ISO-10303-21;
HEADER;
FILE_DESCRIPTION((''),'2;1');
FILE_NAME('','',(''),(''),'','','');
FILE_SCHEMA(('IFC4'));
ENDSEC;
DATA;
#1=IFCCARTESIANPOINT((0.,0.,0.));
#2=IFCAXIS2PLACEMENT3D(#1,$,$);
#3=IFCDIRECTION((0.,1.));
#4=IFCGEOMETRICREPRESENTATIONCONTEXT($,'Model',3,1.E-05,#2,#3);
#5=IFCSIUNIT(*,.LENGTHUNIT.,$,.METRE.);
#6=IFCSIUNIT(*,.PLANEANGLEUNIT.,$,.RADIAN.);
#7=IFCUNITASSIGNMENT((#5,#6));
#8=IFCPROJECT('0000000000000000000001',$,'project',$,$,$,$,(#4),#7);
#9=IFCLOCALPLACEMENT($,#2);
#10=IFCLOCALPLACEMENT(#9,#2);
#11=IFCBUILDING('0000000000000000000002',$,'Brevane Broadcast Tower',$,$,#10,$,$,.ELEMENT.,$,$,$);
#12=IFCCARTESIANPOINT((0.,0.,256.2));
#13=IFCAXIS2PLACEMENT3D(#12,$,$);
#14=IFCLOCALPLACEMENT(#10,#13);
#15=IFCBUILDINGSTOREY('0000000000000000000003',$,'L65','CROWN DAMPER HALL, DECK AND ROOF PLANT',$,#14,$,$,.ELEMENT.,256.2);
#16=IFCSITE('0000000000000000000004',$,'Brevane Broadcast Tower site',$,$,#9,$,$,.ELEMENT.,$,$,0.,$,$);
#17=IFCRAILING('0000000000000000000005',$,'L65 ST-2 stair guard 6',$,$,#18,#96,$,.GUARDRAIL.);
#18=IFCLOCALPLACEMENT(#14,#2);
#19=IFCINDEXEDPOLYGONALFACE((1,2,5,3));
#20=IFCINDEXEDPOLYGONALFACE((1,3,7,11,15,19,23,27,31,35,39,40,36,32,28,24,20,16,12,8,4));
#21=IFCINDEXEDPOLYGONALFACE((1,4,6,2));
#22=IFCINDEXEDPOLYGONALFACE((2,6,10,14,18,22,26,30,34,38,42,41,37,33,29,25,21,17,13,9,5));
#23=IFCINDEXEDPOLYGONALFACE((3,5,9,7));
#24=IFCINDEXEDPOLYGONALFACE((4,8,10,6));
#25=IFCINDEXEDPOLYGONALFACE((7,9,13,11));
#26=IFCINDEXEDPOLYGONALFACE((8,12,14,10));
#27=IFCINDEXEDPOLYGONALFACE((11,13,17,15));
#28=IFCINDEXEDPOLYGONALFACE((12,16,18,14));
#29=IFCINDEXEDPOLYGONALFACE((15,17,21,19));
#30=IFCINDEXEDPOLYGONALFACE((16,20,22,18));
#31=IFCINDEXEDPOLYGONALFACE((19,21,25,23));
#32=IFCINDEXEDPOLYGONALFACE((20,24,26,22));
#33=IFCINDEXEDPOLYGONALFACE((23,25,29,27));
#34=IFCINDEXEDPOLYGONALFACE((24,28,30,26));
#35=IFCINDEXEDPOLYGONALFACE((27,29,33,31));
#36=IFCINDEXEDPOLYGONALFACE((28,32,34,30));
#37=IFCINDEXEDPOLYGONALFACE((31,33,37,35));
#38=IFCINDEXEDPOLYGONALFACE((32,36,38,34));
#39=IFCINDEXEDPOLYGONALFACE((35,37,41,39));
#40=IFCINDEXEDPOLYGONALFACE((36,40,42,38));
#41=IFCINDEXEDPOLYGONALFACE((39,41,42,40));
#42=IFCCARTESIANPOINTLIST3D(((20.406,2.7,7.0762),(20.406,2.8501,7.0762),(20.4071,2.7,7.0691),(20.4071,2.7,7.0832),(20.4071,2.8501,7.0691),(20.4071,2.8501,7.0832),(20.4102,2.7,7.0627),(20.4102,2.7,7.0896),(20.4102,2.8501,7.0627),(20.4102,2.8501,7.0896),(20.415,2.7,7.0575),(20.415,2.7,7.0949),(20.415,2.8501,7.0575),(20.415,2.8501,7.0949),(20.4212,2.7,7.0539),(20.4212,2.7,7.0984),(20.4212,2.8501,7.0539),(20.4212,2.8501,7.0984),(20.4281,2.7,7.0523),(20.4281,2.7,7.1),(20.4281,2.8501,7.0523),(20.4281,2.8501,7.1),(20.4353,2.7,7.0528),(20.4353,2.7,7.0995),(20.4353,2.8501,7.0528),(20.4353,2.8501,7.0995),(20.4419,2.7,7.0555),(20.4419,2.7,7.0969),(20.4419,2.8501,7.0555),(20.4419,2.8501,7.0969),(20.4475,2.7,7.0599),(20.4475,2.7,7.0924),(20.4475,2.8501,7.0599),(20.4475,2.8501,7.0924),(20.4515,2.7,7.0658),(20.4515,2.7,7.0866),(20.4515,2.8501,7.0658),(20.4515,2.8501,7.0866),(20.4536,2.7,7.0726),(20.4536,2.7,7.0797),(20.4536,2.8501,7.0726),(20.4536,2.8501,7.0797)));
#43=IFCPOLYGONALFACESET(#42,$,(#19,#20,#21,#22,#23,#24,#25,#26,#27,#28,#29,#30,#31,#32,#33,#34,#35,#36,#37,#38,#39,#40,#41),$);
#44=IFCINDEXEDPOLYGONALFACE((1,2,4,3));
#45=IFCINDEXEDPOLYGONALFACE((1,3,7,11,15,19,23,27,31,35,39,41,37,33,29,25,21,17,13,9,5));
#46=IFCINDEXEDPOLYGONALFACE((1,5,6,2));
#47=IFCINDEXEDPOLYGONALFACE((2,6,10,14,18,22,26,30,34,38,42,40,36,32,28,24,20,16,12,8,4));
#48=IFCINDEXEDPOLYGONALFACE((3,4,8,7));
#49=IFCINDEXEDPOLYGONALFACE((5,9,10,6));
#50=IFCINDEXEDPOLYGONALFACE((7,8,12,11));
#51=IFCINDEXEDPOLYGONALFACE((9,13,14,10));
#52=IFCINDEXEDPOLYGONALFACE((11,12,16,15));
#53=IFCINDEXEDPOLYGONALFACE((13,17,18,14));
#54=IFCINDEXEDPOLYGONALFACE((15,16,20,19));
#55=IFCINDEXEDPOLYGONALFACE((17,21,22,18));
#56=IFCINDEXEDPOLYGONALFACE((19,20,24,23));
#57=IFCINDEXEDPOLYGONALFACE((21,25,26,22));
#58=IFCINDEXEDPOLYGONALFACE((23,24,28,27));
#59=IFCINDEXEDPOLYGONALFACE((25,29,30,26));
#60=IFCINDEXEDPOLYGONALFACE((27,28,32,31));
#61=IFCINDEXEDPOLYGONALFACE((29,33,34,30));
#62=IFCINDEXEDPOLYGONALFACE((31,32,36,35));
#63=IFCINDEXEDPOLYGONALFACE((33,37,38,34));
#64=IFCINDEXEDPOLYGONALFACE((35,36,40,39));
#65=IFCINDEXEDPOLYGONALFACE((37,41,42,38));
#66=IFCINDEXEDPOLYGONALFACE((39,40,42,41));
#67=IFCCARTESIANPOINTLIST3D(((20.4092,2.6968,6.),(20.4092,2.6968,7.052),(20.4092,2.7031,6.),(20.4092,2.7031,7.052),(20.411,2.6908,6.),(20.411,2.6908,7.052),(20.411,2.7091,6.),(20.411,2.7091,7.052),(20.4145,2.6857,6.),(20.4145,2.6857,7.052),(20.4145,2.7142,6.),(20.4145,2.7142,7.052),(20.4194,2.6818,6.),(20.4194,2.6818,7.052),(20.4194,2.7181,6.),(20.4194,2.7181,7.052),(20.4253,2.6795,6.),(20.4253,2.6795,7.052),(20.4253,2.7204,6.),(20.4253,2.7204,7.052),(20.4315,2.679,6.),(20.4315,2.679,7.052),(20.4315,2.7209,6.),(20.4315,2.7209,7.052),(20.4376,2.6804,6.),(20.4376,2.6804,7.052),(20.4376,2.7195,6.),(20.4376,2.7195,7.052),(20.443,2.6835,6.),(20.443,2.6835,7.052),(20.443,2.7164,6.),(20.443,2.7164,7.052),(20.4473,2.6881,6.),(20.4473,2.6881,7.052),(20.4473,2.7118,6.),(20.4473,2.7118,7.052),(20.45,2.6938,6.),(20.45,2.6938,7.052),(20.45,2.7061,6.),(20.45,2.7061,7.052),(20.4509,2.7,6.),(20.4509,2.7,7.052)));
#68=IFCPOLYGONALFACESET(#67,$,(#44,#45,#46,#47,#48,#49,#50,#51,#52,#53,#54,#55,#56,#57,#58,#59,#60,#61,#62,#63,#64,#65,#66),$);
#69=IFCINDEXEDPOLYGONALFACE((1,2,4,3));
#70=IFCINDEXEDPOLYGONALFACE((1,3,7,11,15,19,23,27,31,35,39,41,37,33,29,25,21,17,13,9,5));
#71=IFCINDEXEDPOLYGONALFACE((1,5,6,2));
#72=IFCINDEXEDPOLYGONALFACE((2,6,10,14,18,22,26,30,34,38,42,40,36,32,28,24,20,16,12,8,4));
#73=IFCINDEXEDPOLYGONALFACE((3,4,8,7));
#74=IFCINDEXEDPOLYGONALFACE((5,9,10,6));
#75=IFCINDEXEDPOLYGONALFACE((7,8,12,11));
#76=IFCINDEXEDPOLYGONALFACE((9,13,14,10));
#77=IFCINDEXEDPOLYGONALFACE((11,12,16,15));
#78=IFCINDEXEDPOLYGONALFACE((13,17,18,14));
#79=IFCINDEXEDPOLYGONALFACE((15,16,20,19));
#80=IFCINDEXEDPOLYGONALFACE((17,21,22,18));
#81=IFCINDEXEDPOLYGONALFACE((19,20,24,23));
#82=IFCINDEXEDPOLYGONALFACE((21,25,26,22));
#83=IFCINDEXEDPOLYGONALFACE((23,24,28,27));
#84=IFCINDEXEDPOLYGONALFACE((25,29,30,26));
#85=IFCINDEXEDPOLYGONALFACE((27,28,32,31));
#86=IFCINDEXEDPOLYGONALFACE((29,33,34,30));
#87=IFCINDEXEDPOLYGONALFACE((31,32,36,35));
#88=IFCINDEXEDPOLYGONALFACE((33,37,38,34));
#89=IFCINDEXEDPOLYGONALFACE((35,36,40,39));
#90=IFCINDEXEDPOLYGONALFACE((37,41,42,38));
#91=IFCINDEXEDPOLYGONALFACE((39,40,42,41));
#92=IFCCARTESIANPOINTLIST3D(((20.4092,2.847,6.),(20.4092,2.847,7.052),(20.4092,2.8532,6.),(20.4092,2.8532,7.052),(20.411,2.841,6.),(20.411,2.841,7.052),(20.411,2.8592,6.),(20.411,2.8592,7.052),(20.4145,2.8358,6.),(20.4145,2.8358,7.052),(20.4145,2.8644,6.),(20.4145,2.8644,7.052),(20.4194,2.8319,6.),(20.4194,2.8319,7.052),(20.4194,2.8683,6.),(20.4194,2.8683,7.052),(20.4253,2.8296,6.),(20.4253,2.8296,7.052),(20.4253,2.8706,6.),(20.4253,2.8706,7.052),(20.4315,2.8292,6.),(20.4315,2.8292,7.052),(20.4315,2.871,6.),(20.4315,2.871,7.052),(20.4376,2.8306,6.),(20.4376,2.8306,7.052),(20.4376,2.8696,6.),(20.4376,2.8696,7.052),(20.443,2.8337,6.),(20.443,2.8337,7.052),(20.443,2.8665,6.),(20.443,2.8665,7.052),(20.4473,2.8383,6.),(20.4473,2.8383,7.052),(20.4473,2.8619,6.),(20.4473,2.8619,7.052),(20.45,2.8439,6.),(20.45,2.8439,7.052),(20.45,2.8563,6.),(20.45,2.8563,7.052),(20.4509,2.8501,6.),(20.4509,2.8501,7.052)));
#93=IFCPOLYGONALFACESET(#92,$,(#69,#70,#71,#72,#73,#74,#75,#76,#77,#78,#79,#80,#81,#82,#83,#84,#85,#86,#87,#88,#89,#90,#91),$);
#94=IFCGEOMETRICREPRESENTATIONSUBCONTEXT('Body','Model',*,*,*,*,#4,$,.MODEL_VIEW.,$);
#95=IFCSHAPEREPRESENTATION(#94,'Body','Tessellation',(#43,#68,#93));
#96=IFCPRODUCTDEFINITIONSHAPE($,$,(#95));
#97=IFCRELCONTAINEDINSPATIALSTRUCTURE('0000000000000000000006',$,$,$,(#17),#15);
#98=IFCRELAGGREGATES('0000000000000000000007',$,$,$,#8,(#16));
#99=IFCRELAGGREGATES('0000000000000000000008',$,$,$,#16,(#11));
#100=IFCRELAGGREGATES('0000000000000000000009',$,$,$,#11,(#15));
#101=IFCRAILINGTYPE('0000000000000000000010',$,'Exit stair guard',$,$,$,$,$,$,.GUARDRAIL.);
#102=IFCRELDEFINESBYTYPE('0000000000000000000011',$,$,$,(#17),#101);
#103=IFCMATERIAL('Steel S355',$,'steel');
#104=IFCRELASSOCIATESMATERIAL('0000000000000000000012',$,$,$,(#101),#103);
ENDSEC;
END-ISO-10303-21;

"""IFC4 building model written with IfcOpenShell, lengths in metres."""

from ifc_helpers import new_model, si_unit, direction, frame, origin, origin_2d, place, context, subcontext, project, spatial, circle, extrude, material, type_object, element, save


model = new_model("IFC4")

# Units and contexts
model_context = context("Model", 3, precision=1e-05, world=origin(), true_north=direction((0.0, 1.0)))
body_context = subcontext(model_context, "Body", "Model", "MODEL_VIEW")
ifc_project = project(units=[si_unit("LENGTHUNIT", "METRE"), si_unit("PLANEANGLEUNIT", "RADIAN")], contexts=[model_context])

# Site, building, storey
site_placement = place(None, origin())
site = spatial("IfcSite", under=ifc_project, at=site_placement, Name="Brevane Broadcast Tower site", CompositionType="ELEMENT", RefElevation=0.0)
building_placement = place(site_placement, origin())
building = spatial("IfcBuilding", under=site, at=building_placement, Name="Brevane Broadcast Tower", CompositionType="ELEMENT")
storey_placement = place(building_placement, frame((0.0, 0.0, 256.2)))
storey = spatial("IfcBuildingStorey", under=building, at=storey_placement, Name="L65", Description="CROWN DAMPER HALL, DECK AND ROOF PLANT", CompositionType="ELEMENT", Elevation=256.2)

# Railing
ifc_material_1 = material(Name="Steel S355", Category="steel")
railing_type_1 = type_object("IfcRailingType", Name="Exit stair guard", PredefinedType="GUARDRAIL", material=ifc_material_1)
railing_1_placement = place(storey_placement, frame((20.4299, 2.7, 6.0)))
element("IfcRailing", 1, at=railing_1_placement, inside=storey, type_object=railing_type_1, Name="L65 ST-2 stair guard 6", PredefinedType="GUARDRAIL", context=body_context, shape_type="SweptSolid", body=[
    extrude(circle(Radius=0.0239, at=origin_2d()), frame((0.0, 0.0, 1.0762), z_axis=(0.0, 1.0, 0.0), x_axis=(-1.0, 0.0, 0.0)), (0.0, 0.0, 1.0), 0.1501),
    extrude(circle(Radius=0.021, at=origin_2d()), origin(), (0.0, 0.0, 1.0), 1.052),
    extrude(circle(Radius=0.021, at=origin_2d()), frame((0.0, 0.1501, 0.0)), (0.0, 0.0, 1.0), 1.052),
])

save(model, "model.ifc")
